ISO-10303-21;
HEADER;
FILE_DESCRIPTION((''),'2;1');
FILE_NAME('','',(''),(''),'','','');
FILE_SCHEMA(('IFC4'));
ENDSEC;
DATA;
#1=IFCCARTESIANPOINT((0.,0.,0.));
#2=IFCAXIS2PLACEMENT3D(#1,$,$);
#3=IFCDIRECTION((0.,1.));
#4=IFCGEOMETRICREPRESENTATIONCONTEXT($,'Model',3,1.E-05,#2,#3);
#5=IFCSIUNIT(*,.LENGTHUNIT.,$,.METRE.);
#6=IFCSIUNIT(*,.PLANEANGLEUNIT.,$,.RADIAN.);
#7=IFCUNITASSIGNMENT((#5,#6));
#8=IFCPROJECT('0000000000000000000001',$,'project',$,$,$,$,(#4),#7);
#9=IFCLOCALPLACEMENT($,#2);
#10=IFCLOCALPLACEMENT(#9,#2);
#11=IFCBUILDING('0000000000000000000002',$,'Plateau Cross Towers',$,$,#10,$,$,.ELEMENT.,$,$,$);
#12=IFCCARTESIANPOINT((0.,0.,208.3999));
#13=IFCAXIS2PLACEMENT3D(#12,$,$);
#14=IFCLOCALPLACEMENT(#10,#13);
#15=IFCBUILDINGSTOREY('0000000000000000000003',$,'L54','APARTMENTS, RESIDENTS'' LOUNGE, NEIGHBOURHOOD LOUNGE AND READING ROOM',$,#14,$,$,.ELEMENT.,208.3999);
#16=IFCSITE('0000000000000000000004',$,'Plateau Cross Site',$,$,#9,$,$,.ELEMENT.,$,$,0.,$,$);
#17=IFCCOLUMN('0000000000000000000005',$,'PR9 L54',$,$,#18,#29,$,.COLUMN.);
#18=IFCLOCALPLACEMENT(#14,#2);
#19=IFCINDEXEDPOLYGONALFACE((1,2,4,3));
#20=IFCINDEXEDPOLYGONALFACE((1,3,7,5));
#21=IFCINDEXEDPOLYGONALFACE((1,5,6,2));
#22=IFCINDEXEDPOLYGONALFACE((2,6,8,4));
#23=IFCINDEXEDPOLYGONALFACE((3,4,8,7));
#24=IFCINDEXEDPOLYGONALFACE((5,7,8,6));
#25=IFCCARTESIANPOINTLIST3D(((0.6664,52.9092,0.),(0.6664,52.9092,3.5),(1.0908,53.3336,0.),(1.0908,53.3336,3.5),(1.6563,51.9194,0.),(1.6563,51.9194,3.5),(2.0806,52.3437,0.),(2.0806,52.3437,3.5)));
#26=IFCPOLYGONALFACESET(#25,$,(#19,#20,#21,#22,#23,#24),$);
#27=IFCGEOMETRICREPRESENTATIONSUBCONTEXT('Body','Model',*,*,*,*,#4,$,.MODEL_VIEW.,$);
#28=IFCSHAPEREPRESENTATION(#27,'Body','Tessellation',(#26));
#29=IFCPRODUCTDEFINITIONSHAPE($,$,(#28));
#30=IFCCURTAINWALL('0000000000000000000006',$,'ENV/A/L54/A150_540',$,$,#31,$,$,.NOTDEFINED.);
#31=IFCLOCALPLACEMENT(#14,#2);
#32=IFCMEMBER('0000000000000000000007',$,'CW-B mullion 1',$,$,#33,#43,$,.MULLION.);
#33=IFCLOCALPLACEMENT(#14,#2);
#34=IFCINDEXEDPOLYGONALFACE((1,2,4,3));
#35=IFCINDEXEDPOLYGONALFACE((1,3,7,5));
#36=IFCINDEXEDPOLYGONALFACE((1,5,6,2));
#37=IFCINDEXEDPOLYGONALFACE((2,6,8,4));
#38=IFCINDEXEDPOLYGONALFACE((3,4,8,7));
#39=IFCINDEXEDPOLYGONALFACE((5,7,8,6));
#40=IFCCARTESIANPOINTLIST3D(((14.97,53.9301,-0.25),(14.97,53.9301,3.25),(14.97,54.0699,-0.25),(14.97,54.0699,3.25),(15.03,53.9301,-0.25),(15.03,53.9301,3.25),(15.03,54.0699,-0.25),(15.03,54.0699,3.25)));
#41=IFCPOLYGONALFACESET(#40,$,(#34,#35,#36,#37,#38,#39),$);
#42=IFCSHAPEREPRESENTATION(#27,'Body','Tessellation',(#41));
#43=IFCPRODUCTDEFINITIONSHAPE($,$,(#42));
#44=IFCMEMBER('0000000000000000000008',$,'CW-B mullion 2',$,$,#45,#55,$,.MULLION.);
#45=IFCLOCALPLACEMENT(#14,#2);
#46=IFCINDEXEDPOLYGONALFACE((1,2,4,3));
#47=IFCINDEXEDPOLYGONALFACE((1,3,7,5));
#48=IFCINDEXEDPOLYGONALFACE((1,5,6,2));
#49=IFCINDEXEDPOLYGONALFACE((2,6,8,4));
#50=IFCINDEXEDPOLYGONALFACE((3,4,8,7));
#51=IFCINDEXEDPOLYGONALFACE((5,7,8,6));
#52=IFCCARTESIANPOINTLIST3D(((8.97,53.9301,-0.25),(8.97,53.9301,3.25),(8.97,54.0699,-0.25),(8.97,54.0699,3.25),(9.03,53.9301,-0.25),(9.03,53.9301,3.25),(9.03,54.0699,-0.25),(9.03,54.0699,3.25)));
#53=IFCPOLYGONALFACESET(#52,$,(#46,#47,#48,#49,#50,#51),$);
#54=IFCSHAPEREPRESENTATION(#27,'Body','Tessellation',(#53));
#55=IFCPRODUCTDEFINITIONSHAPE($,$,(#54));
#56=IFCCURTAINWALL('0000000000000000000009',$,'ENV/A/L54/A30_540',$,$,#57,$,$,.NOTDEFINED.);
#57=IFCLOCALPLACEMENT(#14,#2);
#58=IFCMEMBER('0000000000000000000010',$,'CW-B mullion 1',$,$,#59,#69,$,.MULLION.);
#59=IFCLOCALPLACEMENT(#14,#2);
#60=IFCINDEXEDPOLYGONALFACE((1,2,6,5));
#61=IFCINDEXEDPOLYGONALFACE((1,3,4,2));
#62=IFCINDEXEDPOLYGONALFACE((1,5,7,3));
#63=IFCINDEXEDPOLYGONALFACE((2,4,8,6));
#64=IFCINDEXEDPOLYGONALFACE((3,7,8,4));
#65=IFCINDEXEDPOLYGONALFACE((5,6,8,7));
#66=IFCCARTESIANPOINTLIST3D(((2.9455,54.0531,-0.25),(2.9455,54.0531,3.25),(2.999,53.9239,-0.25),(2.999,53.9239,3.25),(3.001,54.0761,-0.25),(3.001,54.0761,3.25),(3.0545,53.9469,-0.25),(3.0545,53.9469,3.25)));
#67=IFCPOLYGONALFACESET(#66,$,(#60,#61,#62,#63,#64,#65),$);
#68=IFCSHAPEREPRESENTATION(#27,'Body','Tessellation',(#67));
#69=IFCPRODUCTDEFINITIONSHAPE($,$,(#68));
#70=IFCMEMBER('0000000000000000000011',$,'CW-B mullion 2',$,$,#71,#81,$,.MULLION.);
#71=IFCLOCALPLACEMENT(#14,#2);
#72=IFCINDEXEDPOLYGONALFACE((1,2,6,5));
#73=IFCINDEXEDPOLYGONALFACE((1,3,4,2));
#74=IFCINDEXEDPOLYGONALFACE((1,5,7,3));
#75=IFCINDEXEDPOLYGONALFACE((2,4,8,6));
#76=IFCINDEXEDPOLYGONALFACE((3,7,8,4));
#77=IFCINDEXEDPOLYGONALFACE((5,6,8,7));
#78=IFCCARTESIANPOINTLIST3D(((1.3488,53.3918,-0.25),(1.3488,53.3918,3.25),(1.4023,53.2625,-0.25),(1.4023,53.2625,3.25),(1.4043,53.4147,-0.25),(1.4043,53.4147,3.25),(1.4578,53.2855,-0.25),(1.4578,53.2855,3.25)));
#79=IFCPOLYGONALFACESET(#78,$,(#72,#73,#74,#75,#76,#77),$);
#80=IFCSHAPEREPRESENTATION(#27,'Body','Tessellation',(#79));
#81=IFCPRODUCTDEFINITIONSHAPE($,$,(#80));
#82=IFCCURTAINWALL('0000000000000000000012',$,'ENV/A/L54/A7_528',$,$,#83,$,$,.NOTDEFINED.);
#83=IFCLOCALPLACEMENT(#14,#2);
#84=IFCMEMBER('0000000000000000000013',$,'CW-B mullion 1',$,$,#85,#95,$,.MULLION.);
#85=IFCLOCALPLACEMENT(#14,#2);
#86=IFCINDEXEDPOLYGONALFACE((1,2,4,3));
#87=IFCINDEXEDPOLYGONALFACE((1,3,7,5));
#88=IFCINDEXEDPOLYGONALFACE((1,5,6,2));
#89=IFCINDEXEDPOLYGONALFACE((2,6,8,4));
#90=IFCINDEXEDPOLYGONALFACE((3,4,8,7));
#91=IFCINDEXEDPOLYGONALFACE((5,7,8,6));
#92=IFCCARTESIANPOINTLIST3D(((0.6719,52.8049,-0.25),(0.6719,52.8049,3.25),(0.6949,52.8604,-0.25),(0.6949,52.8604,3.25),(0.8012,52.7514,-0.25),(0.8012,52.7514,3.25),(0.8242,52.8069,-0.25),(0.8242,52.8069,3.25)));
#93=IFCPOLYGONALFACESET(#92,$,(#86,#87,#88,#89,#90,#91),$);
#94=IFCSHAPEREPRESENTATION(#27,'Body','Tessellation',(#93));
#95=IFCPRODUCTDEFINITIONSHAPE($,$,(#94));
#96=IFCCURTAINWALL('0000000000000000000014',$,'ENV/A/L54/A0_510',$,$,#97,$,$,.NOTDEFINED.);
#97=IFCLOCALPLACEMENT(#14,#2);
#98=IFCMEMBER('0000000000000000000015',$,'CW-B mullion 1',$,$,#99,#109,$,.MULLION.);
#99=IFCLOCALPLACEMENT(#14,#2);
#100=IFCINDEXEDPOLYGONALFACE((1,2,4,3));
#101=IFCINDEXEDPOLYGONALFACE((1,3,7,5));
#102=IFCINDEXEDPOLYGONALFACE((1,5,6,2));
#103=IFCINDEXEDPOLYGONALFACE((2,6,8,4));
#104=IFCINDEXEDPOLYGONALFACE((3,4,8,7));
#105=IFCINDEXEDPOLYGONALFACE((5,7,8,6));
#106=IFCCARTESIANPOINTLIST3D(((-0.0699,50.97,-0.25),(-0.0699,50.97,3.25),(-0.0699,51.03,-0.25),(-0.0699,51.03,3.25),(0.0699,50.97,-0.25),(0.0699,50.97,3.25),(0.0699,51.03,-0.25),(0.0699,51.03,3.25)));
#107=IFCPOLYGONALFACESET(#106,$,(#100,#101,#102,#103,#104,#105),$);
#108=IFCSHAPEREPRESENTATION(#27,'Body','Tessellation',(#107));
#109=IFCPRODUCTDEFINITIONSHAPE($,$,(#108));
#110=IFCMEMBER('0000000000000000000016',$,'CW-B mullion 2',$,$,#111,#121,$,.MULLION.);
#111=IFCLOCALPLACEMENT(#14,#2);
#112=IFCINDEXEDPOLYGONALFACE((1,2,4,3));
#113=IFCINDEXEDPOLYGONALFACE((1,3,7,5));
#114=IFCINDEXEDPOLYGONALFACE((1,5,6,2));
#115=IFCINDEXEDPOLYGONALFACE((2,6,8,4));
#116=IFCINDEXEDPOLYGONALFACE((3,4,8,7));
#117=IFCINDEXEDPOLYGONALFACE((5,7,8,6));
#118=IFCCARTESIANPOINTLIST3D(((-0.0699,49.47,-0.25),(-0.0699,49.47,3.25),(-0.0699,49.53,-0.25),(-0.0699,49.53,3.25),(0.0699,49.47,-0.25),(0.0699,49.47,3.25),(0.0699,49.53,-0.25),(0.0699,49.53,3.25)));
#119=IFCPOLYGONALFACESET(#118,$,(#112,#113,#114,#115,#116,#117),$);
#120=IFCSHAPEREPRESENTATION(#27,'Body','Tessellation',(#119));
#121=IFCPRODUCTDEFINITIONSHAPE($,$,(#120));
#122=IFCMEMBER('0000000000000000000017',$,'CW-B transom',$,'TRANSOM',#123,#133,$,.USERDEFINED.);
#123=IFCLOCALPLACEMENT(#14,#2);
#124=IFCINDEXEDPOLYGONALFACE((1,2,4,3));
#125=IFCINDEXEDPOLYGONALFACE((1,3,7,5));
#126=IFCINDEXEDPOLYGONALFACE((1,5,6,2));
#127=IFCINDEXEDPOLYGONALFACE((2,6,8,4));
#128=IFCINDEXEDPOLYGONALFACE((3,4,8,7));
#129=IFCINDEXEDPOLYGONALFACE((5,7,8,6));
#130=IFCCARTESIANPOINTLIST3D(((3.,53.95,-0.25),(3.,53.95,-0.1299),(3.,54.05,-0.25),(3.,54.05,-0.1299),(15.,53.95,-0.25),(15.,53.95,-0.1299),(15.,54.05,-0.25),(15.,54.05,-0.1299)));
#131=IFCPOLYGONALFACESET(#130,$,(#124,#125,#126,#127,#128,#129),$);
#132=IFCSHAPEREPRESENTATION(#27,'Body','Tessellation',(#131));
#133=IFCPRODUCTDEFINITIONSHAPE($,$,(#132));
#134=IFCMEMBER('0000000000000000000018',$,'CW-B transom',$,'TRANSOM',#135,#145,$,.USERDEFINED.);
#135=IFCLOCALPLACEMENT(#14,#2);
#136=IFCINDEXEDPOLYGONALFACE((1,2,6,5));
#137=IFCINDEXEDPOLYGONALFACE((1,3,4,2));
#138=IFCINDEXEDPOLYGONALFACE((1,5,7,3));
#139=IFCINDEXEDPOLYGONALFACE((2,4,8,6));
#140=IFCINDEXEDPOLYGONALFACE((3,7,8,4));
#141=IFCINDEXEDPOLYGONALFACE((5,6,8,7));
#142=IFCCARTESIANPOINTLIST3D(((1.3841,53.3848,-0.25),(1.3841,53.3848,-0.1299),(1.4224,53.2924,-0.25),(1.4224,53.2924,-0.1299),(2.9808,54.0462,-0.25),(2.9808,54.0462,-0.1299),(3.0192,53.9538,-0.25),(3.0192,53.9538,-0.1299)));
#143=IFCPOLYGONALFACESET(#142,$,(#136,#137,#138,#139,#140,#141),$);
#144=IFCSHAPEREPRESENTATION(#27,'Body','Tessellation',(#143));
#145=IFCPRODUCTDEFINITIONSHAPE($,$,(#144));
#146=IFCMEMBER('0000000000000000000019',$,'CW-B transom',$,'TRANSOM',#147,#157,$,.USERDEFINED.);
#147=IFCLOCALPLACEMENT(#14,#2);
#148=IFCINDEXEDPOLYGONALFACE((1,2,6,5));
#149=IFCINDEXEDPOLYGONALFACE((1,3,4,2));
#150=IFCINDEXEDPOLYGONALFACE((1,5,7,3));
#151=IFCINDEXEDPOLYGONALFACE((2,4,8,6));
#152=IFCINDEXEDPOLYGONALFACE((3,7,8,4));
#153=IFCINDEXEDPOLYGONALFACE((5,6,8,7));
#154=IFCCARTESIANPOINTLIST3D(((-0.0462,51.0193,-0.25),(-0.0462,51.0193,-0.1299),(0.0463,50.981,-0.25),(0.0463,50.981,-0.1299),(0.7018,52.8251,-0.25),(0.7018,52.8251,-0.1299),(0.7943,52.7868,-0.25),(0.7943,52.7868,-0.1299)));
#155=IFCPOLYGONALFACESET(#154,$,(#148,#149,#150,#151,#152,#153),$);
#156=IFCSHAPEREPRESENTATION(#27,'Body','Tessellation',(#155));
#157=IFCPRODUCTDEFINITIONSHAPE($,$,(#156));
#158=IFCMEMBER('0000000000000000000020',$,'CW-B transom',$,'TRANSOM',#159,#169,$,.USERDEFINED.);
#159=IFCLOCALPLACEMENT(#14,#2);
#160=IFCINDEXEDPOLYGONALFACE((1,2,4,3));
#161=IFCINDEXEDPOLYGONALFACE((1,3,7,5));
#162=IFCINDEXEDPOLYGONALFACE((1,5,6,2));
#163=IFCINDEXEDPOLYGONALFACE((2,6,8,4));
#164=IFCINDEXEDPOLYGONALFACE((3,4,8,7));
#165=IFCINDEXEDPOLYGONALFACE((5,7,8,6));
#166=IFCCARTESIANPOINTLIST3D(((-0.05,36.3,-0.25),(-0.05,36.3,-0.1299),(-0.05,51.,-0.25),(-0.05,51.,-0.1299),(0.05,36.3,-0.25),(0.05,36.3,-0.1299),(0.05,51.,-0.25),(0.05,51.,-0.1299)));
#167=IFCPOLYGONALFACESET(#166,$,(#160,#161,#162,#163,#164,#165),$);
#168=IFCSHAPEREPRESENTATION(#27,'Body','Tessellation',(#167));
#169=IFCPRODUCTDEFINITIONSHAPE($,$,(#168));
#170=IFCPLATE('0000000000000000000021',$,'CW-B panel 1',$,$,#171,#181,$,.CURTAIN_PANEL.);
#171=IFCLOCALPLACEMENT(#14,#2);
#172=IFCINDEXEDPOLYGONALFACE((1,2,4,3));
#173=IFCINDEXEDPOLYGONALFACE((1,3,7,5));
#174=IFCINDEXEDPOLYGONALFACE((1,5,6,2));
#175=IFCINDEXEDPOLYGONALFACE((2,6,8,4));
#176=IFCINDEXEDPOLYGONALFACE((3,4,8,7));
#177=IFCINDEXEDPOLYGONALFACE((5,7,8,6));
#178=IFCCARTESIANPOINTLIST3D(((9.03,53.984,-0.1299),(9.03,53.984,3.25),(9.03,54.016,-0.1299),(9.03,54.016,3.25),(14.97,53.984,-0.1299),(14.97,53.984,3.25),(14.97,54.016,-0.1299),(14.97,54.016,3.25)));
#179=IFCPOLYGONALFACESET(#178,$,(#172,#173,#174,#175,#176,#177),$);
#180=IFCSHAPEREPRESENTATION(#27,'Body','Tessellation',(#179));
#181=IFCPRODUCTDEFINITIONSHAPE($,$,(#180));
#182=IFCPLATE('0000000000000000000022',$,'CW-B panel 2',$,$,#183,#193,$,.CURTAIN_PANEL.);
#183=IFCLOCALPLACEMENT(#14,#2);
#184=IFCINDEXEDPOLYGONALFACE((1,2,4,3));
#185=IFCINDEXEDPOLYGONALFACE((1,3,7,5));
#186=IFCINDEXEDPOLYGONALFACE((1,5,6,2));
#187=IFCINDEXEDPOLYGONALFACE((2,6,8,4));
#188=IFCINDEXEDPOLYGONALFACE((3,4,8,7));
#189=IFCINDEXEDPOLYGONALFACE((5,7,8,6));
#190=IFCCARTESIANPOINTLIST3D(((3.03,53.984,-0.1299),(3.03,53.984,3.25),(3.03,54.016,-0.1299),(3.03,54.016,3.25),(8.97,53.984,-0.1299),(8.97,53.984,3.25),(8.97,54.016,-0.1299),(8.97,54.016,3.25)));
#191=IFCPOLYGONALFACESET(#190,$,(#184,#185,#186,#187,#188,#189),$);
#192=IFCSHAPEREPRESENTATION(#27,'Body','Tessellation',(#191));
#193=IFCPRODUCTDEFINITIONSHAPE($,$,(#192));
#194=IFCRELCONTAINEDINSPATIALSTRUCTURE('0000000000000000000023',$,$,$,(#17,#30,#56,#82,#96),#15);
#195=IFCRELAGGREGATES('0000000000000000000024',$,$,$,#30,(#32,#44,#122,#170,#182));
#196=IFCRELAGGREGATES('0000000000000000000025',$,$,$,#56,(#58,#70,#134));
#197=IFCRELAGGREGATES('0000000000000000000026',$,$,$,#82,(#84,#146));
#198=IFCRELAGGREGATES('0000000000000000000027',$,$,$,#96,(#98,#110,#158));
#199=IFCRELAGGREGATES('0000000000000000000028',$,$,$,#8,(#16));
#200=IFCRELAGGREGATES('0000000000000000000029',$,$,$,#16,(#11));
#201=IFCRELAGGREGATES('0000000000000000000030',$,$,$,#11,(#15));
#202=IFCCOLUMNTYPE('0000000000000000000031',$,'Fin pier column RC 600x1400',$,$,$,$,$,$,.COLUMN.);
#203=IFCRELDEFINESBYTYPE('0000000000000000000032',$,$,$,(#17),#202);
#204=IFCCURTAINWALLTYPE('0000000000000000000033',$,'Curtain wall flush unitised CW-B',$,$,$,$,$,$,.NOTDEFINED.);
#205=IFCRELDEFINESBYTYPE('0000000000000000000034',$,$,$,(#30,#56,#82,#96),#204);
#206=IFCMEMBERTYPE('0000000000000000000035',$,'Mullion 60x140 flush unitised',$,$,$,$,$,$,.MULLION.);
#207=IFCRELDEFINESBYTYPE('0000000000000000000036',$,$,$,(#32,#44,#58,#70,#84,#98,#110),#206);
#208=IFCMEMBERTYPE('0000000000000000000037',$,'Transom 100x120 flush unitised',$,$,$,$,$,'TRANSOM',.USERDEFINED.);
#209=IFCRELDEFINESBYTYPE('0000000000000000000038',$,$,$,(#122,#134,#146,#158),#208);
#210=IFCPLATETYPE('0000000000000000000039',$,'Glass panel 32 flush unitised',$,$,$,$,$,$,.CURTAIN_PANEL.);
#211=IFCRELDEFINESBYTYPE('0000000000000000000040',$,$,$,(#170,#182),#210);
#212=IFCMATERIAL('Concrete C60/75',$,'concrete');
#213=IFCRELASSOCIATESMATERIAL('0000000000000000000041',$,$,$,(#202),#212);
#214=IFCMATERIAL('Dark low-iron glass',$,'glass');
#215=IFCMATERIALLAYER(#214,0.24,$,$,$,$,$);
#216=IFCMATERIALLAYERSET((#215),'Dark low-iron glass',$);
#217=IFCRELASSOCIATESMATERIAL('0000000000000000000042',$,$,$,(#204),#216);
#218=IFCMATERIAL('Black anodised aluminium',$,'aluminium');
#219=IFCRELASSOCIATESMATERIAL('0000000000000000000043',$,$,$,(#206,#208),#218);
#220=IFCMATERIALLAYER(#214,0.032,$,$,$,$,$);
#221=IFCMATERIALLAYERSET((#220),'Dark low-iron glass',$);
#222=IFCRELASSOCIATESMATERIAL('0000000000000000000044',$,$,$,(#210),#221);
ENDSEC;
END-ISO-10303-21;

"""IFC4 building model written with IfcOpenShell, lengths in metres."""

from ifc_helpers import new_model, si_unit, direction, frame, origin, origin_2d, place, context, subcontext, project, spatial, rectangle, extrude, material, layer, layer_set, material_profile, profile_set, type_object, element, aggregate, save


model = new_model("IFC4")

# Units and contexts
model_context = context("Model", 3, precision=1e-05, world=origin(), true_north=direction((0.0, 1.0)))
body_context = subcontext(model_context, "Body", "Model", "MODEL_VIEW")
ifc_project = project(units=[si_unit("LENGTHUNIT", "METRE"), si_unit("PLANEANGLEUNIT", "RADIAN")], contexts=[model_context])

# Site, building, storey
site_placement = place(None, origin())
site = spatial("IfcSite", under=ifc_project, at=site_placement, Name="Plateau Cross Site", CompositionType="ELEMENT", RefElevation=0.0)
building_placement = place(site_placement, origin())
building = spatial("IfcBuilding", under=site, at=building_placement, Name="Plateau Cross Towers", CompositionType="ELEMENT")
storey_placement = place(building_placement, frame((0.0, 0.0, 208.3999)))
storey = spatial("IfcBuildingStorey", under=building, at=storey_placement, Name="L54", Description="APARTMENTS, RESIDENTS' LOUNGE, NEIGHBOURHOOD LOUNGE AND READING ROOM", CompositionType="ELEMENT", Elevation=208.3999)

# Column
ifc_material_1 = material(Name="Concrete C60/75", Category="concrete")
ifc_material_profile_1 = material_profile(ifc_material_1, rectangle(XDim=0.6001, YDim=1.3999, at=origin_2d()), Name="RC 600x1400")
ifc_profile_set_1 = profile_set([ifc_material_profile_1], Name="Concrete C60/75")
column_type = type_object("IfcColumnType", Name="Fin pier column RC 600x1400", PredefinedType="COLUMN", material=ifc_profile_set_1)
column_placement = place(storey_placement, frame((1.3735, 52.6265, 0.0), z_axis=(0.0, 0.0, 1.0), x_axis=(0.707107, 0.707107, 0.0)))
element("IfcColumn", 1, at=column_placement, inside=storey, type_object=column_type, Name="PR9 L54", PredefinedType="COLUMN", context=body_context, shape_type="SweptSolid", body=[
    extrude(rectangle(XDim=0.6001, YDim=1.3999, at=origin_2d()), origin(), (0.0, 0.0, 1.0), 3.5),
])

# Curtain walls, members
ifc_material_2 = material(Name="Dark low-iron glass", Category="glass")
ifc_layer_1 = layer(ifc_material_2, 0.24)
ifc_layer_set_1 = layer_set([ifc_layer_1], Name="Dark low-iron glass")
curtain_wall_type = type_object("IfcCurtainWallType", Name="Curtain wall flush unitised CW-B", PredefinedType="NOTDEFINED", material=ifc_layer_set_1)
curtain_wall_1_placement = place(storey_placement, origin())
curtain_wall_1 = element("IfcCurtainWall", 2, at=curtain_wall_1_placement, inside=storey, type_object=curtain_wall_type, Name="ENV/A/L54/A150_540", PredefinedType="NOTDEFINED")
ifc_material_3 = material(Name="Black anodised aluminium", Category="aluminium")
ifc_material_profile_2 = material_profile(ifc_material_3, rectangle(XDim=0.0601, YDim=0.1399, at=origin_2d()), Name="MULLION 60x140")
ifc_profile_set_2 = profile_set([ifc_material_profile_2], Name="Black anodised aluminium")
member_type_1 = type_object("IfcMemberType", Name="Mullion 60x140 flush unitised", PredefinedType="MULLION", material=ifc_profile_set_2)
member_1_placement = place(storey_placement, frame((15.0, 54.0, -0.25), z_axis=(0.0, 0.0, 1.0), x_axis=(-1.0, 0.0, 0.0)))
member_1 = element("IfcMember", 3, at=member_1_placement, type_object=member_type_1, Name="CW-B mullion 1", PredefinedType="MULLION", context=body_context, shape_type="SweptSolid", body=[
    extrude(rectangle(XDim=0.0601, YDim=0.1399, at=origin_2d()), origin(), (0.0, 0.0, 1.0), 3.5),
])
member_2_placement = place(storey_placement, frame((9.0, 54.0, -0.25), z_axis=(0.0, 0.0, 1.0), x_axis=(-1.0, 0.0, 0.0)))
member_2 = element("IfcMember", 4, at=member_2_placement, type_object=member_type_1, Name="CW-B mullion 2", PredefinedType="MULLION", context=body_context, shape_type="SweptSolid", body=[
    extrude(rectangle(XDim=0.0601, YDim=0.1399, at=origin_2d()), origin(), (0.0, 0.0, 1.0), 3.5),
])
curtain_wall_2_placement = place(storey_placement, origin())
curtain_wall_2 = element("IfcCurtainWall", 5, at=curtain_wall_2_placement, inside=storey, type_object=curtain_wall_type, Name="ENV/A/L54/A30_540", PredefinedType="NOTDEFINED")
member_3_placement = place(storey_placement, frame((3.0, 54.0, -0.25), z_axis=(0.0, 0.0, 1.0), x_axis=(-0.923879, -0.382684, 0.0)))
member_3 = element("IfcMember", 6, at=member_3_placement, type_object=member_type_1, Name="CW-B mullion 1", PredefinedType="MULLION", context=body_context, shape_type="SweptSolid", body=[
    extrude(rectangle(XDim=0.0601, YDim=0.1399, at=origin_2d()), origin(), (0.0, 0.0, 1.0), 3.5),
])
member_4_placement = place(storey_placement, frame((1.4033, 53.3386, -0.25), z_axis=(0.0, 0.0, 1.0), x_axis=(-0.923879, -0.382684, 0.0)))
member_4 = element("IfcMember", 7, at=member_4_placement, type_object=member_type_1, Name="CW-B mullion 2", PredefinedType="MULLION", context=body_context, shape_type="SweptSolid", body=[
    extrude(rectangle(XDim=0.0601, YDim=0.1399, at=origin_2d()), origin(), (0.0, 0.0, 1.0), 3.5),
])

# Curtain wall, member
curtain_wall_3_placement = place(storey_placement, origin())
curtain_wall_3 = element("IfcCurtainWall", 8, at=curtain_wall_3_placement, inside=storey, type_object=curtain_wall_type, Name="ENV/A/L54/A7_528", PredefinedType="NOTDEFINED")
member_5_placement = place(storey_placement, frame((0.748, 52.8059, -0.25), z_axis=(0.0, 0.0, 1.0), x_axis=(-0.382684, -0.923879, 0.0)))
member_5 = element("IfcMember", 9, at=member_5_placement, type_object=member_type_1, Name="CW-B mullion 1", PredefinedType="MULLION", context=body_context, shape_type="SweptSolid", body=[
    extrude(rectangle(XDim=0.0601, YDim=0.1399, at=origin_2d()), origin(), (0.0, 0.0, 1.0), 3.5),
])

# Curtain wall, members
curtain_wall_4_placement = place(storey_placement, origin())
curtain_wall_4 = element("IfcCurtainWall", 10, at=curtain_wall_4_placement, inside=storey, type_object=curtain_wall_type, Name="ENV/A/L54/A0_510", PredefinedType="NOTDEFINED")
member_6_placement = place(storey_placement, frame((0.0, 51.0, -0.25), z_axis=(0.0, 0.0, 1.0), x_axis=(0.0, -1.0, 0.0)))
member_6 = element("IfcMember", 11, at=member_6_placement, type_object=member_type_1, Name="CW-B mullion 1", PredefinedType="MULLION", context=body_context, shape_type="SweptSolid", body=[
    extrude(rectangle(XDim=0.0601, YDim=0.1399, at=origin_2d()), origin(), (0.0, 0.0, 1.0), 3.5),
])
member_7_placement = place(storey_placement, frame((0.0, 49.5, -0.25), z_axis=(0.0, 0.0, 1.0), x_axis=(0.0, -1.0, 0.0)))
member_7 = element("IfcMember", 12, at=member_7_placement, type_object=member_type_1, Name="CW-B mullion 2", PredefinedType="MULLION", context=body_context, shape_type="SweptSolid", body=[
    extrude(rectangle(XDim=0.0601, YDim=0.1399, at=origin_2d()), origin(), (0.0, 0.0, 1.0), 3.5),
])

# Members
ifc_material_profile_3 = material_profile(ifc_material_3, rectangle(XDim=0.1001, YDim=0.1201, at=origin_2d()), Name="TRANSOM 100x120")
ifc_profile_set_3 = profile_set([ifc_material_profile_3], Name="Black anodised aluminium")
member_type_2 = type_object("IfcMemberType", Name="Transom 100x120 flush unitised", ElementType="TRANSOM", PredefinedType="USERDEFINED", material=ifc_profile_set_3)
member_8_placement = place(storey_placement, frame((15.0, 54.0, -0.1899), z_axis=(-1.0, 0.0, 0.0), x_axis=(0.0, -1.0, 0.0)))
member_8 = element("IfcMember", 13, at=member_8_placement, type_object=member_type_2, Name="CW-B transom", ObjectType="TRANSOM", PredefinedType="USERDEFINED", context=body_context, shape_type="SweptSolid", body=[
    extrude(rectangle(XDim=0.1001, YDim=0.1201, at=origin_2d()), origin(), (0.0, 0.0, 1.0), 12.0),
])
member_9_placement = place(storey_placement, frame((3.0, 54.0, -0.1899), z_axis=(-0.923877, -0.382689, 0.0), x_axis=(0.382689, -0.923877, 0.0)))
member_9 = element("IfcMember", 14, at=member_9_placement, type_object=member_type_2, Name="CW-B transom", ObjectType="TRANSOM", PredefinedType="USERDEFINED", context=body_context, shape_type="SweptSolid", body=[
    extrude(rectangle(XDim=0.1001, YDim=0.1201, at=origin_2d()), origin(), (0.0, 0.0, 1.0), 1.7283),
])
member_10_placement = place(storey_placement, frame((0.748, 52.8059, -0.1899), z_axis=(-0.38269, -0.923877, 0.0), x_axis=(0.923877, -0.38269, 0.0)))
member_10 = element("IfcMember", 15, at=member_10_placement, type_object=member_type_2, Name="CW-B transom", ObjectType="TRANSOM", PredefinedType="USERDEFINED", context=body_context, shape_type="SweptSolid", body=[
    extrude(rectangle(XDim=0.1001, YDim=0.1201, at=origin_2d()), origin(), (0.0, 0.0, 1.0), 1.9546),
])
member_11_placement = place(storey_placement, frame((0.0, 51.0, -0.1899), z_axis=(0.0, -1.0, 0.0), x_axis=(1.0, 0.0, 0.0)))
member_11 = element("IfcMember", 16, at=member_11_placement, type_object=member_type_2, Name="CW-B transom", ObjectType="TRANSOM", PredefinedType="USERDEFINED", context=body_context, shape_type="SweptSolid", body=[
    extrude(rectangle(XDim=0.1001, YDim=0.1201, at=origin_2d()), origin(), (0.0, 0.0, 1.0), 14.7),
])

# Plates
ifc_layer_2 = layer(ifc_material_2, 0.032)
ifc_layer_set_2 = layer_set([ifc_layer_2], Name="Dark low-iron glass")
plate_type = type_object("IfcPlateType", Name="Glass panel 32 flush unitised", PredefinedType="CURTAIN_PANEL", material=ifc_layer_set_2)
plate_1_placement = place(storey_placement, frame((12.0, 54.0, -0.1299), z_axis=(0.0, 0.0, 1.0), x_axis=(-1.0, 0.0, 0.0)))
plate_1 = element("IfcPlate", 17, at=plate_1_placement, type_object=plate_type, Name="CW-B panel 1", PredefinedType="CURTAIN_PANEL", context=body_context, shape_type="SweptSolid", body=[
    extrude(rectangle(XDim=5.9399, YDim=0.032, at=origin_2d()), origin(), (0.0, 0.0, 1.0), 3.3799),
])
plate_2_placement = place(storey_placement, frame((6.0, 54.0, -0.1299), z_axis=(0.0, 0.0, 1.0), x_axis=(-1.0, 0.0, 0.0)))
plate_2 = element("IfcPlate", 18, at=plate_2_placement, type_object=plate_type, Name="CW-B panel 2", PredefinedType="CURTAIN_PANEL", context=body_context, shape_type="SweptSolid", body=[
    extrude(rectangle(XDim=5.9399, YDim=0.032, at=origin_2d()), origin(), (0.0, 0.0, 1.0), 3.3799),
])
aggregate(curtain_wall_1, [member_1, member_2, member_8, plate_1, plate_2])
aggregate(curtain_wall_2, [member_3, member_4, member_9])
aggregate(curtain_wall_3, [member_5, member_10])
aggregate(curtain_wall_4, [member_6, member_7, member_11])

save(model, "model.ifc")
